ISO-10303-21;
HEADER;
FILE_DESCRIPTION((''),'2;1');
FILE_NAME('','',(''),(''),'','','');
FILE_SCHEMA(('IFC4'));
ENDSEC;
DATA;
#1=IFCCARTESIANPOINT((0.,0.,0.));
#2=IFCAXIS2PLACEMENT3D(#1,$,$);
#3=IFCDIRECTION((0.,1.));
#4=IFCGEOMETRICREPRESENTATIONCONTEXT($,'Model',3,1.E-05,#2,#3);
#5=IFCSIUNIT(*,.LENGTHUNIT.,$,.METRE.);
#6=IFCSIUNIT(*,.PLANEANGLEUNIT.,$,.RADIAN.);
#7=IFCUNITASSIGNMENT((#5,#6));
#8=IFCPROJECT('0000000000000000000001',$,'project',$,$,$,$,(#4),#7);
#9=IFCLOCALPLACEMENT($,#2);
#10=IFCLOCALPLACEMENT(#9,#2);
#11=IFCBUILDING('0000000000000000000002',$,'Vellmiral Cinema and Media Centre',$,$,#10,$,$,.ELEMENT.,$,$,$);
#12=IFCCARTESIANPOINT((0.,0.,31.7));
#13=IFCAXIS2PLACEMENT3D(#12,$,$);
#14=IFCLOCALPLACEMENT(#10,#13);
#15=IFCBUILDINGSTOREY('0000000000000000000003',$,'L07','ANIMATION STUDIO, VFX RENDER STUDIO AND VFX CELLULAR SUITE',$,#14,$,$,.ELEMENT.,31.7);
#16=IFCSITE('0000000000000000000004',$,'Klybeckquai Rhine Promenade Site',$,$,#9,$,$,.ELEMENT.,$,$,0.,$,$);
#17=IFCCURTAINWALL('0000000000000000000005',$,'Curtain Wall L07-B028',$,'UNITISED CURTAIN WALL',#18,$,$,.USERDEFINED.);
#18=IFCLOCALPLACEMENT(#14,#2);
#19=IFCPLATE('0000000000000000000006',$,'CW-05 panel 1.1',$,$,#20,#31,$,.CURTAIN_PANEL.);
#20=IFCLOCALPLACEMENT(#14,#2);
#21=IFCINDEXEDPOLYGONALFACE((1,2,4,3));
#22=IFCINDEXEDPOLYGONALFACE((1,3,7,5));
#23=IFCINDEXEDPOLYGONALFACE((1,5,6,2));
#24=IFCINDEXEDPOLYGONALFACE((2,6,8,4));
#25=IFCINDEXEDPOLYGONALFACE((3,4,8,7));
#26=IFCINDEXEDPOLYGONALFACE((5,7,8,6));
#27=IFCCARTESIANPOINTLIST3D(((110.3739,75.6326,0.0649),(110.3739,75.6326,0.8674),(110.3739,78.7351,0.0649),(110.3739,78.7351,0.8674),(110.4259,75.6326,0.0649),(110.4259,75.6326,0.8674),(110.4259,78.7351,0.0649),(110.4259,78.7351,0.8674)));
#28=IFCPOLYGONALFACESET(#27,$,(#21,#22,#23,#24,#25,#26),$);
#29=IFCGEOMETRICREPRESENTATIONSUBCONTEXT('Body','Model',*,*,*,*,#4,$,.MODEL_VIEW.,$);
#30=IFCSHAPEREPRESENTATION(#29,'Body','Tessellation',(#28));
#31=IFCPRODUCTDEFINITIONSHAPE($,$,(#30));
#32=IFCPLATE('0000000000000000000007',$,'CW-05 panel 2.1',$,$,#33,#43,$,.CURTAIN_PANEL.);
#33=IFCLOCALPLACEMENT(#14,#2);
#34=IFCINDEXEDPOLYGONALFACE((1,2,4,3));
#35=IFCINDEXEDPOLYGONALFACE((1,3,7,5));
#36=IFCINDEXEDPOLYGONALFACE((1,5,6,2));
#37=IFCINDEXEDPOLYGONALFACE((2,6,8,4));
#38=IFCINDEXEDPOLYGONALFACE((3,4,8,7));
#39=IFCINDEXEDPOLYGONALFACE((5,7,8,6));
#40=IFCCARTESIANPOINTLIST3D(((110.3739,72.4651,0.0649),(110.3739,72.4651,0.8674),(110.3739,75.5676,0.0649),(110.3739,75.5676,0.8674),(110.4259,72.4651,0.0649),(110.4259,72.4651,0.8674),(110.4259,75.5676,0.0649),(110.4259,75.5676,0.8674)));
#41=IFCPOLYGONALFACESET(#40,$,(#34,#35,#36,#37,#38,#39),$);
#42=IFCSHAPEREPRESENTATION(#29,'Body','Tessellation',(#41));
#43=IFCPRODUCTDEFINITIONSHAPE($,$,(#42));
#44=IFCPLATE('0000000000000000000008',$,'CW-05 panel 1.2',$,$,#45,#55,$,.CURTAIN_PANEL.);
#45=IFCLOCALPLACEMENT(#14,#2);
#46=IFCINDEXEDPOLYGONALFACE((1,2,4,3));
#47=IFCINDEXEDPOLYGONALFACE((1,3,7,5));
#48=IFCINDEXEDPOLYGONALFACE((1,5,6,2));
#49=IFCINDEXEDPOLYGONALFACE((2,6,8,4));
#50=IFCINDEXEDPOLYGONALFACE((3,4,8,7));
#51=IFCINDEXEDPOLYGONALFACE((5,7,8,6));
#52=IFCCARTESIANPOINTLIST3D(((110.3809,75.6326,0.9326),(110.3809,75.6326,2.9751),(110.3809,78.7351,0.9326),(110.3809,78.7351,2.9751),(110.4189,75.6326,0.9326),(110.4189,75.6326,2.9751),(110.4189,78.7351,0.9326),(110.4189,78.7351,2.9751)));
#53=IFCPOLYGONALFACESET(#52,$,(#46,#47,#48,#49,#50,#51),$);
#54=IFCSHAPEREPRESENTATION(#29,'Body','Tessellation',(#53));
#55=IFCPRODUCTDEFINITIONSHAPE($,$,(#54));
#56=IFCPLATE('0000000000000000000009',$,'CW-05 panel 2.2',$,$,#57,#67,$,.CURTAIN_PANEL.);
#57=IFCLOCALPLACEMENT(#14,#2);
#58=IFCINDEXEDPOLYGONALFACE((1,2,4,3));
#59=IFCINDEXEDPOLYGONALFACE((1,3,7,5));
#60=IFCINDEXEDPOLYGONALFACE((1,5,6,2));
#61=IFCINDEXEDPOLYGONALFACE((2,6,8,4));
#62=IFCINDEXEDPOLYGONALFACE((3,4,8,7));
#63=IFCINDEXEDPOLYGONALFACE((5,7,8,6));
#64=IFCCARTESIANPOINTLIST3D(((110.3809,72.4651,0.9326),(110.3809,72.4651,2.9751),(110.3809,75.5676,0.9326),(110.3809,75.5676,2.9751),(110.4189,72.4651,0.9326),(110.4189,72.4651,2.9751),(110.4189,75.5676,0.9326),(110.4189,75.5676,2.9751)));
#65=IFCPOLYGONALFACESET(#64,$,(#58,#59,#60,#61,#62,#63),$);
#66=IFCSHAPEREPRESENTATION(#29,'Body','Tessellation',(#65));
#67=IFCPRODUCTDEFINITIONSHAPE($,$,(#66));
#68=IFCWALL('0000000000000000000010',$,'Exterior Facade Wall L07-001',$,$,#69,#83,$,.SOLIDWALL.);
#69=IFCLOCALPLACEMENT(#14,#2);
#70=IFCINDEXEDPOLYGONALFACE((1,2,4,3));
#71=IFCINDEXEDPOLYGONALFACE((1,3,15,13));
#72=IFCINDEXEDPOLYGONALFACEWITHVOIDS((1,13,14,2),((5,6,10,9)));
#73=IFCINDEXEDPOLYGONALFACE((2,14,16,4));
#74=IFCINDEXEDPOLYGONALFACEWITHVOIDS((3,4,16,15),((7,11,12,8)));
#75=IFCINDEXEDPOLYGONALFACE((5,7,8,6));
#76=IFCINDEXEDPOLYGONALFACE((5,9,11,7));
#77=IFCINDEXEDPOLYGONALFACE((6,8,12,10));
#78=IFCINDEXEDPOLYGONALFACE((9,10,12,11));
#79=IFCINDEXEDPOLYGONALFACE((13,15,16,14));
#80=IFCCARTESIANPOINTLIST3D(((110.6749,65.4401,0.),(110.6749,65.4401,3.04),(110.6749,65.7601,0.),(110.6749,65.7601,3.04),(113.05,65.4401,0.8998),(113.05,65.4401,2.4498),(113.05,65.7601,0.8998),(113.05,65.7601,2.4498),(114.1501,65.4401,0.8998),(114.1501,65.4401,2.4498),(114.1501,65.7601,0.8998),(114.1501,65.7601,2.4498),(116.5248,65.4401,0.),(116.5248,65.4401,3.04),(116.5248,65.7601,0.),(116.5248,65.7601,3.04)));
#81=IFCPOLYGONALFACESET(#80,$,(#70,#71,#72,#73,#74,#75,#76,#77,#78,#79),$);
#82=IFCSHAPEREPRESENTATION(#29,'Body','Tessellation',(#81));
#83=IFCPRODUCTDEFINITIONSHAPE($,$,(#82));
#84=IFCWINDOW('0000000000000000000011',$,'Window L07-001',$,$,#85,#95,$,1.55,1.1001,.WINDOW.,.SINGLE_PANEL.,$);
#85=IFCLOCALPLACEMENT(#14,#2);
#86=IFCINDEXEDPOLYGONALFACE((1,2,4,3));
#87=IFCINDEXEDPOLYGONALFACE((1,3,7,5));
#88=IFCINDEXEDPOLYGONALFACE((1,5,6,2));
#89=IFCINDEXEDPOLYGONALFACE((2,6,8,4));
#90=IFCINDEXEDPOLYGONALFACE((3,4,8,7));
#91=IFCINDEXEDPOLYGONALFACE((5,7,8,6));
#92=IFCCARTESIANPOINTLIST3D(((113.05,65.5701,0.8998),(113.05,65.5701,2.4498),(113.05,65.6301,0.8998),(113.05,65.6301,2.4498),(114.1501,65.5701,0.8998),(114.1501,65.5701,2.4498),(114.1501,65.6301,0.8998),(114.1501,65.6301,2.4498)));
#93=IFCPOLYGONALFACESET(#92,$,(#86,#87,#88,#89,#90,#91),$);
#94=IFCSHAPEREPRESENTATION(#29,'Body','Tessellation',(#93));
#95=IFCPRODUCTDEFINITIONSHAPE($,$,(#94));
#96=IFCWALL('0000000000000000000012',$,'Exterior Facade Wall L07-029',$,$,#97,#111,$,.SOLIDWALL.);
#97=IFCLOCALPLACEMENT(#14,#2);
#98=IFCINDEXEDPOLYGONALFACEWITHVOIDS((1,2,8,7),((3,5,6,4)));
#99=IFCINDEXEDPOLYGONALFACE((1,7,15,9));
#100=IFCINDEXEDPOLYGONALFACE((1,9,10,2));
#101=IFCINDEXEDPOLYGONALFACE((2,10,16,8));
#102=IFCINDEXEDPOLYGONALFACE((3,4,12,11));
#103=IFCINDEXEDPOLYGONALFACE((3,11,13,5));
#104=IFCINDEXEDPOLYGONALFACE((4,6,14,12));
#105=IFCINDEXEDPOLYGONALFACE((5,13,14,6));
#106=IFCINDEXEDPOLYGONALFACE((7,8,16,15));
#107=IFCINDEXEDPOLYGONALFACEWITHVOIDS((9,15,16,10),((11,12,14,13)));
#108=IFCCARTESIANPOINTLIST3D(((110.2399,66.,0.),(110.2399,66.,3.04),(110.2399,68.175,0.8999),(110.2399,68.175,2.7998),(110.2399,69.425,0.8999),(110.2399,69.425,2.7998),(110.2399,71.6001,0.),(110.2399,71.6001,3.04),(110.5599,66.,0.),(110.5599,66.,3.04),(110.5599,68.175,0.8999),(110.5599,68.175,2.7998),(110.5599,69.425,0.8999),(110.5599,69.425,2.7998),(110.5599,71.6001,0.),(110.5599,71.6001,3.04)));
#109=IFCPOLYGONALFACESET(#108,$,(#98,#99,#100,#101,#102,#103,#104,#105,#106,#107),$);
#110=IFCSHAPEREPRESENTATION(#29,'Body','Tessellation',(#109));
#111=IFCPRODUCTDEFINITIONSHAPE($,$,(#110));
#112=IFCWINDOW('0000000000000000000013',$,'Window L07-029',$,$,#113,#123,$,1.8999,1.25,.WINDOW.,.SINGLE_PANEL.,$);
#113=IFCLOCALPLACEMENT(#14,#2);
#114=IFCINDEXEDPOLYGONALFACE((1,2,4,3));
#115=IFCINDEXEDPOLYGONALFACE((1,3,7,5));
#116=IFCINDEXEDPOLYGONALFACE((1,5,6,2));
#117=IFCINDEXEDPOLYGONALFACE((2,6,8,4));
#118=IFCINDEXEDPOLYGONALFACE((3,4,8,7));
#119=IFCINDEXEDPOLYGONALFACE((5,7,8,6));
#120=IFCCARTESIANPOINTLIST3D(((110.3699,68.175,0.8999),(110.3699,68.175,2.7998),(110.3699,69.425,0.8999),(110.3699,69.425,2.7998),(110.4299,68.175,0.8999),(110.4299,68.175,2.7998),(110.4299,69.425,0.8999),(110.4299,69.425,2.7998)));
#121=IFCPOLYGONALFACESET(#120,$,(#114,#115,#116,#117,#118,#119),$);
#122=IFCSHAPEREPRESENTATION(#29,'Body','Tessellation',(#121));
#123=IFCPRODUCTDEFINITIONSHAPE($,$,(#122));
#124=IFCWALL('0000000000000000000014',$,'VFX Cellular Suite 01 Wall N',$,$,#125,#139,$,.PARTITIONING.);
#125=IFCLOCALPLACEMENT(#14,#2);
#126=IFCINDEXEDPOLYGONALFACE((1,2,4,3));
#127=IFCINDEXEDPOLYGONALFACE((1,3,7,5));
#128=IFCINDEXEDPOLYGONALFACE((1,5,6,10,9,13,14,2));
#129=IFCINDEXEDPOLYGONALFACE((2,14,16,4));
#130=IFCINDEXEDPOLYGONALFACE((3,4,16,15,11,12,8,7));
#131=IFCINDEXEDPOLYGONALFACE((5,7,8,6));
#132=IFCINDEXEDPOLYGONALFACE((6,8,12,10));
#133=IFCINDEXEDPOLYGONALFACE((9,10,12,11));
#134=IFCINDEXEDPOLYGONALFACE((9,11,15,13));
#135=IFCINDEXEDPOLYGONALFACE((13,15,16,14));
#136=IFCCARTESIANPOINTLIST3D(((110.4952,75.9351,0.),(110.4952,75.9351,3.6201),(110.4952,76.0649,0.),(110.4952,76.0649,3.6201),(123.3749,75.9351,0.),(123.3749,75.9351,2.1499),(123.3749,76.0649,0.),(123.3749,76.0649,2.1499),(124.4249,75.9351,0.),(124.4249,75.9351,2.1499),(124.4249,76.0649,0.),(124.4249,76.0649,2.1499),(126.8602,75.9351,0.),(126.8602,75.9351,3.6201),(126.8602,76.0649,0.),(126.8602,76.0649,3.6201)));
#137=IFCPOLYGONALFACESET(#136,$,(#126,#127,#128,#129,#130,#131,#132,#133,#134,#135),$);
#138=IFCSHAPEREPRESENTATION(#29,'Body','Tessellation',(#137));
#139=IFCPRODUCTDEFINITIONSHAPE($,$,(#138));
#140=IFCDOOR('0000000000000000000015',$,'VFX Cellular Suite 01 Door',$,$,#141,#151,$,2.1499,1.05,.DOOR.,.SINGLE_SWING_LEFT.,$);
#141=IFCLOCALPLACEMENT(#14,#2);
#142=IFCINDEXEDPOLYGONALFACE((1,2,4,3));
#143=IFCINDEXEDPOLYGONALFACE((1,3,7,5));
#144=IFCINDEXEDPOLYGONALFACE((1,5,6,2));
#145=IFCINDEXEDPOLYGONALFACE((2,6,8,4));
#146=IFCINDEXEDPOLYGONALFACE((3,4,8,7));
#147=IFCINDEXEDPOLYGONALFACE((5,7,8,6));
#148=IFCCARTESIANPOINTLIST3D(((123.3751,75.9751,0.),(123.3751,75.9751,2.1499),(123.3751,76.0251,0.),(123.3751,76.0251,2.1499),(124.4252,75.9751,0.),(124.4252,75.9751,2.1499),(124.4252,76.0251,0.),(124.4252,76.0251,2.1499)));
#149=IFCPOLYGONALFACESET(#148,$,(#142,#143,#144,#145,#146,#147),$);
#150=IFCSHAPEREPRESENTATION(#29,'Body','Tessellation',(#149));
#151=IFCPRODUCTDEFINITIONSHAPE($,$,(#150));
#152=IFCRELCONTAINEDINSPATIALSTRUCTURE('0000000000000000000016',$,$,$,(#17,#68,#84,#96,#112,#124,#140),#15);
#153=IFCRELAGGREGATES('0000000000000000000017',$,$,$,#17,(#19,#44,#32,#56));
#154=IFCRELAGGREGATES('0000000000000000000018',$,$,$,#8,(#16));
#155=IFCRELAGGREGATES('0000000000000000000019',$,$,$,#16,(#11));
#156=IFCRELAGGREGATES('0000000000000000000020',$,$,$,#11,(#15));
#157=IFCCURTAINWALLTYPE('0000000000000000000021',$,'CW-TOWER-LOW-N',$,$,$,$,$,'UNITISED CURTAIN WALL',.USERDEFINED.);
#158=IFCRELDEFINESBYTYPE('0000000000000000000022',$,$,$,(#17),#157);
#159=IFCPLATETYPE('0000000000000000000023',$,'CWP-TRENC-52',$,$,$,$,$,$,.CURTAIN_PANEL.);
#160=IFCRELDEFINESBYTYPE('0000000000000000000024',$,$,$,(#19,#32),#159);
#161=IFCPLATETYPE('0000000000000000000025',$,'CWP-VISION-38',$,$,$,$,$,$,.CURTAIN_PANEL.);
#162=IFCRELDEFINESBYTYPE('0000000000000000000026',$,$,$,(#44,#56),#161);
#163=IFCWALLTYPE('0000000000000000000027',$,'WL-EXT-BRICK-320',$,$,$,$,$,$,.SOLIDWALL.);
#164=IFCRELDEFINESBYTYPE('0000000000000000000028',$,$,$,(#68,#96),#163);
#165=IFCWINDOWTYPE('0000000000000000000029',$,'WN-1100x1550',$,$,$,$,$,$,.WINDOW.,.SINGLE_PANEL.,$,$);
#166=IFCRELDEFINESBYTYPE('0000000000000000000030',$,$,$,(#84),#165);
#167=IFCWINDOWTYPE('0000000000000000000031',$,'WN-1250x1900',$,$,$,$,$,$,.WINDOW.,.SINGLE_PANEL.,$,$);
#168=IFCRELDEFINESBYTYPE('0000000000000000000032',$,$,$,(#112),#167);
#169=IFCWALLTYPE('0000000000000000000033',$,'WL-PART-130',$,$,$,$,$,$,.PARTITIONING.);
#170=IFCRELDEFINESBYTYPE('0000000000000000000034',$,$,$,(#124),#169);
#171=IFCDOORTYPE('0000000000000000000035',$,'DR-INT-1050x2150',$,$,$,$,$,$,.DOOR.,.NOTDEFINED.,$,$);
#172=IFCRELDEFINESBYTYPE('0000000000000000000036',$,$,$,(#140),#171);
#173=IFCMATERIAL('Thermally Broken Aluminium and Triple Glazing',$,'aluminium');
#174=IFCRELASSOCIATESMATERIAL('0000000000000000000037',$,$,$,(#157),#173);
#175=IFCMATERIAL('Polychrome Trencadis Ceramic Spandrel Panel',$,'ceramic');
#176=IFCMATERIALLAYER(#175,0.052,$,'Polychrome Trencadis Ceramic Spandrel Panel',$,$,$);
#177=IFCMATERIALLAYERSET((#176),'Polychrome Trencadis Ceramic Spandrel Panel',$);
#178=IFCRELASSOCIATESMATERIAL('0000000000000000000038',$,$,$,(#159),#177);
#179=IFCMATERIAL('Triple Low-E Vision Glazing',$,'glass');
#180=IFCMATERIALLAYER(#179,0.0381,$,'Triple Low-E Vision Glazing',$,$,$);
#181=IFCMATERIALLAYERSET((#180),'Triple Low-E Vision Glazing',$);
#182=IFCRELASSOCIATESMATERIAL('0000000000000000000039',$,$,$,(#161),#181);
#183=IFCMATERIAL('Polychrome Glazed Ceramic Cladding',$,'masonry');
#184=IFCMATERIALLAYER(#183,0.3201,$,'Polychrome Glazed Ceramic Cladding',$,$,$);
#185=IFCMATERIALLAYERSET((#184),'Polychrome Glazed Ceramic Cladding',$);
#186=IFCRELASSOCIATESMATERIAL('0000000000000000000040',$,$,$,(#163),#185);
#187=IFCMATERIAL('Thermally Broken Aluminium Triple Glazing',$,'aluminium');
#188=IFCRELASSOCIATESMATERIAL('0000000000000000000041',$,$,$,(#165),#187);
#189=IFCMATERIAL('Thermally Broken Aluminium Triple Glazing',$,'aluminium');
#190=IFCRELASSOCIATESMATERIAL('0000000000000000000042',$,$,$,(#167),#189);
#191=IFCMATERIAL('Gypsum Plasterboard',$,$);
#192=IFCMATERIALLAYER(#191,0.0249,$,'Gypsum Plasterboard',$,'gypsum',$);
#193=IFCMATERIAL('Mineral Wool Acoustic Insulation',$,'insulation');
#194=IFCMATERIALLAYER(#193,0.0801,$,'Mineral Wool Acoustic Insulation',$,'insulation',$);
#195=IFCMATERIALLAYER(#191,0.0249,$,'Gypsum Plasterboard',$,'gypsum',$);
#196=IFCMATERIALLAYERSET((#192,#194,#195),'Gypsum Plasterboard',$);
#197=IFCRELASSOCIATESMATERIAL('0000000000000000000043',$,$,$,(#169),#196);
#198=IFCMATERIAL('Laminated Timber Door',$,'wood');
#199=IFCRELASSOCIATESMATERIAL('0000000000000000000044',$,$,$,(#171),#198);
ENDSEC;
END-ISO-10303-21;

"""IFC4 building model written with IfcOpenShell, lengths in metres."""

from ifc_helpers import new_model, si_unit, direction, frame, frame_2d, origin, origin_2d, place, context, subcontext, project, spatial, rectangle, extrude, material, layer, layer_set, type_object, element, fill, aggregate, save


model = new_model("IFC4")

# Units and contexts
model_context = context("Model", 3, precision=1e-05, world=origin(), true_north=direction((0.0, 1.0)))
body_context = subcontext(model_context, "Body", "Model", "MODEL_VIEW")
ifc_project = project(units=[si_unit("LENGTHUNIT", "METRE"), si_unit("PLANEANGLEUNIT", "RADIAN")], contexts=[model_context])

# Site, building, storey
site_placement = place(None, origin())
site = spatial("IfcSite", under=ifc_project, at=site_placement, Name="Klybeckquai Rhine Promenade Site", CompositionType="ELEMENT", RefElevation=0.0)
building_placement = place(site_placement, origin())
building = spatial("IfcBuilding", under=site, at=building_placement, Name="Vellmiral Cinema and Media Centre", CompositionType="ELEMENT")
storey_placement = place(building_placement, frame((0.0, 0.0, 31.7)))
storey = spatial("IfcBuildingStorey", under=building, at=storey_placement, Name="L07", Description="ANIMATION STUDIO, VFX RENDER STUDIO AND VFX CELLULAR SUITE", CompositionType="ELEMENT", Elevation=31.7)

# Curtain wall
ifc_material_1 = material(Name="Thermally Broken Aluminium and Triple Glazing", Category="aluminium")
curtain_wall_type_1 = type_object("IfcCurtainWallType", Name="CW-TOWER-LOW-N", ElementType="UNITISED CURTAIN WALL", PredefinedType="USERDEFINED", material=ifc_material_1)
curtain_wall_1_placement = place(storey_placement, origin())
curtain_wall_1 = element("IfcCurtainWall", 1, at=curtain_wall_1_placement, inside=storey, type_object=curtain_wall_type_1, Name="Curtain Wall L07-B028", ObjectType="UNITISED CURTAIN WALL", PredefinedType="USERDEFINED")

# Plates
ifc_material_2 = material(Name="Polychrome Trencadis Ceramic Spandrel Panel", Category="ceramic")
ifc_layer_1 = layer(ifc_material_2, 0.052, Name="Polychrome Trencadis Ceramic Spandrel Panel")
ifc_layer_set_1 = layer_set([ifc_layer_1], Name="Polychrome Trencadis Ceramic Spandrel Panel")
plate_type_1 = type_object("IfcPlateType", Name="CWP-TRENC-52", PredefinedType="CURTAIN_PANEL", material=ifc_layer_set_1)
plate_1_placement = place(storey_placement, frame((110.3999, 77.1838, 0.0649), z_axis=(0.0, 0.0, 1.0), x_axis=(0.0, -1.0, 0.0)))
plate_1 = element("IfcPlate", 2, at=plate_1_placement, type_object=plate_type_1, Name="CW-05 panel 1.1", PredefinedType="CURTAIN_PANEL", context=body_context, shape_type="SweptSolid", body=[
    extrude(rectangle(XDim=3.1025, YDim=0.052, at=origin_2d()), origin(), (0.0, 0.0, 1.0), 0.8025),
])
plate_2_placement = place(storey_placement, frame((110.3999, 74.0164, 0.0649), z_axis=(0.0, 0.0, 1.0), x_axis=(0.0, -1.0, 0.0)))
plate_2 = element("IfcPlate", 3, at=plate_2_placement, type_object=plate_type_1, Name="CW-05 panel 2.1", PredefinedType="CURTAIN_PANEL", context=body_context, shape_type="SweptSolid", body=[
    extrude(rectangle(XDim=3.1025, YDim=0.052, at=origin_2d()), origin(), (0.0, 0.0, 1.0), 0.8025),
])
ifc_material_3 = material(Name="Triple Low-E Vision Glazing", Category="glass")
ifc_layer_2 = layer(ifc_material_3, 0.0381, Name="Triple Low-E Vision Glazing")
ifc_layer_set_2 = layer_set([ifc_layer_2], Name="Triple Low-E Vision Glazing")
plate_type_2 = type_object("IfcPlateType", Name="CWP-VISION-38", PredefinedType="CURTAIN_PANEL", material=ifc_layer_set_2)
plate_3_placement = place(storey_placement, frame((110.3999, 77.1838, 0.9326), z_axis=(0.0, 0.0, 1.0), x_axis=(0.0, -1.0, 0.0)))
plate_3 = element("IfcPlate", 4, at=plate_3_placement, type_object=plate_type_2, Name="CW-05 panel 1.2", PredefinedType="CURTAIN_PANEL", context=body_context, shape_type="SweptSolid", body=[
    extrude(rectangle(XDim=3.1025, YDim=0.0381, at=origin_2d()), origin(), (0.0, 0.0, 1.0), 2.0425),
])
plate_4_placement = place(storey_placement, frame((110.3999, 74.0164, 0.9326), z_axis=(0.0, 0.0, 1.0), x_axis=(0.0, -1.0, 0.0)))
plate_4 = element("IfcPlate", 5, at=plate_4_placement, type_object=plate_type_2, Name="CW-05 panel 2.2", PredefinedType="CURTAIN_PANEL", context=body_context, shape_type="SweptSolid", body=[
    extrude(rectangle(XDim=3.1025, YDim=0.0381, at=origin_2d()), origin(), (0.0, 0.0, 1.0), 2.0425),
])
aggregate(curtain_wall_1, [plate_1, plate_3, plate_2, plate_4])

# Walls, openings, windows
ifc_material_4 = material(Name="Polychrome Glazed Ceramic Cladding", Category="masonry")
ifc_layer_3 = layer(ifc_material_4, 0.3201, Name="Polychrome Glazed Ceramic Cladding")
ifc_layer_set_3 = layer_set([ifc_layer_3], Name="Polychrome Glazed Ceramic Cladding")
wall_type_1 = type_object("IfcWallType", Name="WL-EXT-BRICK-320", PredefinedType="SOLIDWALL", material=ifc_layer_set_3)
wall_1_placement = place(storey_placement, frame((110.675, 65.6001, 0.0), z_axis=(0.0, 0.0, 1.0), x_axis=(1.0, 0.0, 0.0)))
wall_1 = element("IfcWall", 6, at=wall_1_placement, inside=storey, type_object=wall_type_1, Name="Exterior Facade Wall L07-001", PredefinedType="SOLIDWALL", context=body_context, shape_type="SweptSolid", body=[
    extrude(rectangle(XDim=5.8499, YDim=0.3201, at=frame_2d((2.9248, 0.0))), origin(), (0.0, 0.0, 1.0), 3.04),
])
opening_1_placement = place(wall_1_placement, frame((2.375, 0.0, 0.8999)))
opening_1 = element("IfcOpeningElement", 7, at=opening_1_placement, cuts=wall_1, PredefinedType="OPENING", context=body_context, shape_type="SweptSolid", body=[
    extrude(rectangle(XDim=1.1001, YDim=1.55, at=frame_2d((0.55, 0.7749))), frame((0.0, 0.1719, 0.0), z_axis=(0.0, -1.0, 0.0), x_axis=(1.0, 0.0, 0.0)), (0.0, 0.0, 1.0), 0.344),
])
ifc_material_5 = material(Name="Thermally Broken Aluminium Triple Glazing", Category="aluminium")
window_type_1 = type_object("IfcWindowType", Name="WN-1100x1550", PartitioningType="SINGLE_PANEL", PredefinedType="WINDOW", material=ifc_material_5)
window_1_placement = place(opening_1_placement, origin())
window_1 = element("IfcWindow", 8, at=window_1_placement, inside=storey, type_object=window_type_1, Name="Window L07-001", OverallHeight=1.55, OverallWidth=1.1001, PartitioningType="SINGLE_PANEL", PredefinedType="WINDOW", context=body_context, shape_type="SweptSolid", body=[
    extrude(rectangle(XDim=1.1001, YDim=1.55, at=frame_2d((0.55, 0.7749))), frame((0.0, 0.03, 0.0), z_axis=(0.0, -1.0, 0.0), x_axis=(1.0, 0.0, 0.0)), (0.0, 0.0, 1.0), 0.0601),
])
fill(opening_1, window_1)
wall_2_placement = place(storey_placement, frame((110.3999, 71.6001, 0.0), z_axis=(0.0, 0.0, 1.0), x_axis=(0.0, -1.0, 0.0)))
wall_2 = element("IfcWall", 9, at=wall_2_placement, inside=storey, type_object=wall_type_1, Name="Exterior Facade Wall L07-029", PredefinedType="SOLIDWALL", context=body_context, shape_type="SweptSolid", body=[
    extrude(rectangle(XDim=5.6001, YDim=0.3201, at=frame_2d((2.8, 0.0))), origin(), (0.0, 0.0, 1.0), 3.04),
])
opening_2_placement = place(wall_2_placement, frame((2.175, 0.0, 0.8999)))
opening_2 = element("IfcOpeningElement", 10, at=opening_2_placement, cuts=wall_2, PredefinedType="OPENING", context=body_context, shape_type="SweptSolid", body=[
    extrude(rectangle(XDim=1.25, YDim=1.8999, at=frame_2d((0.625, 0.95))), frame((0.0, 0.1719, 0.0), z_axis=(0.0, -1.0, 0.0), x_axis=(1.0, 0.0, 0.0)), (0.0, 0.0, 1.0), 0.344),
])
ifc_material_6 = material(Name="Thermally Broken Aluminium Triple Glazing", Category="aluminium")
window_type_2 = type_object("IfcWindowType", Name="WN-1250x1900", PartitioningType="SINGLE_PANEL", PredefinedType="WINDOW", material=ifc_material_6)
window_2_placement = place(opening_2_placement, origin())
window_2 = element("IfcWindow", 11, at=window_2_placement, inside=storey, type_object=window_type_2, Name="Window L07-029", OverallHeight=1.8999, OverallWidth=1.25, PartitioningType="SINGLE_PANEL", PredefinedType="WINDOW", context=body_context, shape_type="SweptSolid", body=[
    extrude(rectangle(XDim=1.25, YDim=1.8999, at=frame_2d((0.625, 0.95))), frame((0.0, 0.03, 0.0), z_axis=(0.0, -1.0, 0.0), x_axis=(1.0, 0.0, 0.0)), (0.0, 0.0, 1.0), 0.0601),
])
fill(opening_2, window_2)

# Wall, opening, door
ifc_material_7 = material(Name="Gypsum Plasterboard")
ifc_layer_4 = layer(ifc_material_7, 0.0249, Name="Gypsum Plasterboard", Category="gypsum")
ifc_material_8 = material(Name="Mineral Wool Acoustic Insulation", Category="insulation")
ifc_layer_5 = layer(ifc_material_8, 0.0801, Name="Mineral Wool Acoustic Insulation", Category="insulation")
ifc_layer_6 = layer(ifc_material_7, 0.0249, Name="Gypsum Plasterboard", Category="gypsum")
ifc_layer_set_4 = layer_set([ifc_layer_4, ifc_layer_5, ifc_layer_6], Name="Gypsum Plasterboard")
wall_type_2 = type_object("IfcWallType", Name="WL-PART-130", PredefinedType="PARTITIONING", material=ifc_layer_set_4)
wall_3_placement = place(storey_placement, frame((110.4951, 76.0, 0.0), z_axis=(0.0, 0.0, 1.0), x_axis=(1.0, 0.0, 0.0)))
wall_3 = element("IfcWall", 12, at=wall_3_placement, inside=storey, type_object=wall_type_2, Name="VFX Cellular Suite 01 Wall N", PredefinedType="PARTITIONING", context=body_context, shape_type="SweptSolid", body=[
    extrude(rectangle(XDim=16.365, YDim=0.1299, at=frame_2d((8.1826, 0.0))), origin(), (0.0, 0.0, 1.0), 3.6201),
])
opening_3_placement = place(wall_3_placement, frame((12.8799, 0.0, 0.0)))
opening_3 = element("IfcOpeningElement", 13, at=opening_3_placement, cuts=wall_3, PredefinedType="OPENING", context=body_context, shape_type="SweptSolid", body=[
    extrude(rectangle(XDim=1.05, YDim=2.1499, at=frame_2d((0.5249, 1.075))), frame((0.0, 0.0769, 0.0), z_axis=(0.0, -1.0, 0.0), x_axis=(1.0, 0.0, 0.0)), (0.0, 0.0, 1.0), 0.1538),
])
ifc_material_9 = material(Name="Laminated Timber Door", Category="wood")
door_type = type_object("IfcDoorType", Name="DR-INT-1050x2150", OperationType="NOTDEFINED", PredefinedType="DOOR", material=ifc_material_9)
door_placement = place(opening_3_placement, frame((1.05, 0.0, 0.0), z_axis=(0.0, 0.0, 1.0), x_axis=(-1.0, 0.0, 0.0)))
door = element("IfcDoor", 14, at=door_placement, inside=storey, type_object=door_type, Name="VFX Cellular Suite 01 Door", OperationType="SINGLE_SWING_LEFT", OverallHeight=2.1499, OverallWidth=1.05, PredefinedType="DOOR", context=body_context, shape_type="SweptSolid", body=[
    extrude(rectangle(XDim=1.05, YDim=2.1499, at=frame_2d((0.5249, 1.075))), frame((0.0, 0.0249, 0.0), z_axis=(0.0, -1.0, 0.0), x_axis=(1.0, 0.0, 0.0)), (0.0, 0.0, 1.0), 0.05),
])
fill(opening_3, door)

save(model, "model.ifc")
